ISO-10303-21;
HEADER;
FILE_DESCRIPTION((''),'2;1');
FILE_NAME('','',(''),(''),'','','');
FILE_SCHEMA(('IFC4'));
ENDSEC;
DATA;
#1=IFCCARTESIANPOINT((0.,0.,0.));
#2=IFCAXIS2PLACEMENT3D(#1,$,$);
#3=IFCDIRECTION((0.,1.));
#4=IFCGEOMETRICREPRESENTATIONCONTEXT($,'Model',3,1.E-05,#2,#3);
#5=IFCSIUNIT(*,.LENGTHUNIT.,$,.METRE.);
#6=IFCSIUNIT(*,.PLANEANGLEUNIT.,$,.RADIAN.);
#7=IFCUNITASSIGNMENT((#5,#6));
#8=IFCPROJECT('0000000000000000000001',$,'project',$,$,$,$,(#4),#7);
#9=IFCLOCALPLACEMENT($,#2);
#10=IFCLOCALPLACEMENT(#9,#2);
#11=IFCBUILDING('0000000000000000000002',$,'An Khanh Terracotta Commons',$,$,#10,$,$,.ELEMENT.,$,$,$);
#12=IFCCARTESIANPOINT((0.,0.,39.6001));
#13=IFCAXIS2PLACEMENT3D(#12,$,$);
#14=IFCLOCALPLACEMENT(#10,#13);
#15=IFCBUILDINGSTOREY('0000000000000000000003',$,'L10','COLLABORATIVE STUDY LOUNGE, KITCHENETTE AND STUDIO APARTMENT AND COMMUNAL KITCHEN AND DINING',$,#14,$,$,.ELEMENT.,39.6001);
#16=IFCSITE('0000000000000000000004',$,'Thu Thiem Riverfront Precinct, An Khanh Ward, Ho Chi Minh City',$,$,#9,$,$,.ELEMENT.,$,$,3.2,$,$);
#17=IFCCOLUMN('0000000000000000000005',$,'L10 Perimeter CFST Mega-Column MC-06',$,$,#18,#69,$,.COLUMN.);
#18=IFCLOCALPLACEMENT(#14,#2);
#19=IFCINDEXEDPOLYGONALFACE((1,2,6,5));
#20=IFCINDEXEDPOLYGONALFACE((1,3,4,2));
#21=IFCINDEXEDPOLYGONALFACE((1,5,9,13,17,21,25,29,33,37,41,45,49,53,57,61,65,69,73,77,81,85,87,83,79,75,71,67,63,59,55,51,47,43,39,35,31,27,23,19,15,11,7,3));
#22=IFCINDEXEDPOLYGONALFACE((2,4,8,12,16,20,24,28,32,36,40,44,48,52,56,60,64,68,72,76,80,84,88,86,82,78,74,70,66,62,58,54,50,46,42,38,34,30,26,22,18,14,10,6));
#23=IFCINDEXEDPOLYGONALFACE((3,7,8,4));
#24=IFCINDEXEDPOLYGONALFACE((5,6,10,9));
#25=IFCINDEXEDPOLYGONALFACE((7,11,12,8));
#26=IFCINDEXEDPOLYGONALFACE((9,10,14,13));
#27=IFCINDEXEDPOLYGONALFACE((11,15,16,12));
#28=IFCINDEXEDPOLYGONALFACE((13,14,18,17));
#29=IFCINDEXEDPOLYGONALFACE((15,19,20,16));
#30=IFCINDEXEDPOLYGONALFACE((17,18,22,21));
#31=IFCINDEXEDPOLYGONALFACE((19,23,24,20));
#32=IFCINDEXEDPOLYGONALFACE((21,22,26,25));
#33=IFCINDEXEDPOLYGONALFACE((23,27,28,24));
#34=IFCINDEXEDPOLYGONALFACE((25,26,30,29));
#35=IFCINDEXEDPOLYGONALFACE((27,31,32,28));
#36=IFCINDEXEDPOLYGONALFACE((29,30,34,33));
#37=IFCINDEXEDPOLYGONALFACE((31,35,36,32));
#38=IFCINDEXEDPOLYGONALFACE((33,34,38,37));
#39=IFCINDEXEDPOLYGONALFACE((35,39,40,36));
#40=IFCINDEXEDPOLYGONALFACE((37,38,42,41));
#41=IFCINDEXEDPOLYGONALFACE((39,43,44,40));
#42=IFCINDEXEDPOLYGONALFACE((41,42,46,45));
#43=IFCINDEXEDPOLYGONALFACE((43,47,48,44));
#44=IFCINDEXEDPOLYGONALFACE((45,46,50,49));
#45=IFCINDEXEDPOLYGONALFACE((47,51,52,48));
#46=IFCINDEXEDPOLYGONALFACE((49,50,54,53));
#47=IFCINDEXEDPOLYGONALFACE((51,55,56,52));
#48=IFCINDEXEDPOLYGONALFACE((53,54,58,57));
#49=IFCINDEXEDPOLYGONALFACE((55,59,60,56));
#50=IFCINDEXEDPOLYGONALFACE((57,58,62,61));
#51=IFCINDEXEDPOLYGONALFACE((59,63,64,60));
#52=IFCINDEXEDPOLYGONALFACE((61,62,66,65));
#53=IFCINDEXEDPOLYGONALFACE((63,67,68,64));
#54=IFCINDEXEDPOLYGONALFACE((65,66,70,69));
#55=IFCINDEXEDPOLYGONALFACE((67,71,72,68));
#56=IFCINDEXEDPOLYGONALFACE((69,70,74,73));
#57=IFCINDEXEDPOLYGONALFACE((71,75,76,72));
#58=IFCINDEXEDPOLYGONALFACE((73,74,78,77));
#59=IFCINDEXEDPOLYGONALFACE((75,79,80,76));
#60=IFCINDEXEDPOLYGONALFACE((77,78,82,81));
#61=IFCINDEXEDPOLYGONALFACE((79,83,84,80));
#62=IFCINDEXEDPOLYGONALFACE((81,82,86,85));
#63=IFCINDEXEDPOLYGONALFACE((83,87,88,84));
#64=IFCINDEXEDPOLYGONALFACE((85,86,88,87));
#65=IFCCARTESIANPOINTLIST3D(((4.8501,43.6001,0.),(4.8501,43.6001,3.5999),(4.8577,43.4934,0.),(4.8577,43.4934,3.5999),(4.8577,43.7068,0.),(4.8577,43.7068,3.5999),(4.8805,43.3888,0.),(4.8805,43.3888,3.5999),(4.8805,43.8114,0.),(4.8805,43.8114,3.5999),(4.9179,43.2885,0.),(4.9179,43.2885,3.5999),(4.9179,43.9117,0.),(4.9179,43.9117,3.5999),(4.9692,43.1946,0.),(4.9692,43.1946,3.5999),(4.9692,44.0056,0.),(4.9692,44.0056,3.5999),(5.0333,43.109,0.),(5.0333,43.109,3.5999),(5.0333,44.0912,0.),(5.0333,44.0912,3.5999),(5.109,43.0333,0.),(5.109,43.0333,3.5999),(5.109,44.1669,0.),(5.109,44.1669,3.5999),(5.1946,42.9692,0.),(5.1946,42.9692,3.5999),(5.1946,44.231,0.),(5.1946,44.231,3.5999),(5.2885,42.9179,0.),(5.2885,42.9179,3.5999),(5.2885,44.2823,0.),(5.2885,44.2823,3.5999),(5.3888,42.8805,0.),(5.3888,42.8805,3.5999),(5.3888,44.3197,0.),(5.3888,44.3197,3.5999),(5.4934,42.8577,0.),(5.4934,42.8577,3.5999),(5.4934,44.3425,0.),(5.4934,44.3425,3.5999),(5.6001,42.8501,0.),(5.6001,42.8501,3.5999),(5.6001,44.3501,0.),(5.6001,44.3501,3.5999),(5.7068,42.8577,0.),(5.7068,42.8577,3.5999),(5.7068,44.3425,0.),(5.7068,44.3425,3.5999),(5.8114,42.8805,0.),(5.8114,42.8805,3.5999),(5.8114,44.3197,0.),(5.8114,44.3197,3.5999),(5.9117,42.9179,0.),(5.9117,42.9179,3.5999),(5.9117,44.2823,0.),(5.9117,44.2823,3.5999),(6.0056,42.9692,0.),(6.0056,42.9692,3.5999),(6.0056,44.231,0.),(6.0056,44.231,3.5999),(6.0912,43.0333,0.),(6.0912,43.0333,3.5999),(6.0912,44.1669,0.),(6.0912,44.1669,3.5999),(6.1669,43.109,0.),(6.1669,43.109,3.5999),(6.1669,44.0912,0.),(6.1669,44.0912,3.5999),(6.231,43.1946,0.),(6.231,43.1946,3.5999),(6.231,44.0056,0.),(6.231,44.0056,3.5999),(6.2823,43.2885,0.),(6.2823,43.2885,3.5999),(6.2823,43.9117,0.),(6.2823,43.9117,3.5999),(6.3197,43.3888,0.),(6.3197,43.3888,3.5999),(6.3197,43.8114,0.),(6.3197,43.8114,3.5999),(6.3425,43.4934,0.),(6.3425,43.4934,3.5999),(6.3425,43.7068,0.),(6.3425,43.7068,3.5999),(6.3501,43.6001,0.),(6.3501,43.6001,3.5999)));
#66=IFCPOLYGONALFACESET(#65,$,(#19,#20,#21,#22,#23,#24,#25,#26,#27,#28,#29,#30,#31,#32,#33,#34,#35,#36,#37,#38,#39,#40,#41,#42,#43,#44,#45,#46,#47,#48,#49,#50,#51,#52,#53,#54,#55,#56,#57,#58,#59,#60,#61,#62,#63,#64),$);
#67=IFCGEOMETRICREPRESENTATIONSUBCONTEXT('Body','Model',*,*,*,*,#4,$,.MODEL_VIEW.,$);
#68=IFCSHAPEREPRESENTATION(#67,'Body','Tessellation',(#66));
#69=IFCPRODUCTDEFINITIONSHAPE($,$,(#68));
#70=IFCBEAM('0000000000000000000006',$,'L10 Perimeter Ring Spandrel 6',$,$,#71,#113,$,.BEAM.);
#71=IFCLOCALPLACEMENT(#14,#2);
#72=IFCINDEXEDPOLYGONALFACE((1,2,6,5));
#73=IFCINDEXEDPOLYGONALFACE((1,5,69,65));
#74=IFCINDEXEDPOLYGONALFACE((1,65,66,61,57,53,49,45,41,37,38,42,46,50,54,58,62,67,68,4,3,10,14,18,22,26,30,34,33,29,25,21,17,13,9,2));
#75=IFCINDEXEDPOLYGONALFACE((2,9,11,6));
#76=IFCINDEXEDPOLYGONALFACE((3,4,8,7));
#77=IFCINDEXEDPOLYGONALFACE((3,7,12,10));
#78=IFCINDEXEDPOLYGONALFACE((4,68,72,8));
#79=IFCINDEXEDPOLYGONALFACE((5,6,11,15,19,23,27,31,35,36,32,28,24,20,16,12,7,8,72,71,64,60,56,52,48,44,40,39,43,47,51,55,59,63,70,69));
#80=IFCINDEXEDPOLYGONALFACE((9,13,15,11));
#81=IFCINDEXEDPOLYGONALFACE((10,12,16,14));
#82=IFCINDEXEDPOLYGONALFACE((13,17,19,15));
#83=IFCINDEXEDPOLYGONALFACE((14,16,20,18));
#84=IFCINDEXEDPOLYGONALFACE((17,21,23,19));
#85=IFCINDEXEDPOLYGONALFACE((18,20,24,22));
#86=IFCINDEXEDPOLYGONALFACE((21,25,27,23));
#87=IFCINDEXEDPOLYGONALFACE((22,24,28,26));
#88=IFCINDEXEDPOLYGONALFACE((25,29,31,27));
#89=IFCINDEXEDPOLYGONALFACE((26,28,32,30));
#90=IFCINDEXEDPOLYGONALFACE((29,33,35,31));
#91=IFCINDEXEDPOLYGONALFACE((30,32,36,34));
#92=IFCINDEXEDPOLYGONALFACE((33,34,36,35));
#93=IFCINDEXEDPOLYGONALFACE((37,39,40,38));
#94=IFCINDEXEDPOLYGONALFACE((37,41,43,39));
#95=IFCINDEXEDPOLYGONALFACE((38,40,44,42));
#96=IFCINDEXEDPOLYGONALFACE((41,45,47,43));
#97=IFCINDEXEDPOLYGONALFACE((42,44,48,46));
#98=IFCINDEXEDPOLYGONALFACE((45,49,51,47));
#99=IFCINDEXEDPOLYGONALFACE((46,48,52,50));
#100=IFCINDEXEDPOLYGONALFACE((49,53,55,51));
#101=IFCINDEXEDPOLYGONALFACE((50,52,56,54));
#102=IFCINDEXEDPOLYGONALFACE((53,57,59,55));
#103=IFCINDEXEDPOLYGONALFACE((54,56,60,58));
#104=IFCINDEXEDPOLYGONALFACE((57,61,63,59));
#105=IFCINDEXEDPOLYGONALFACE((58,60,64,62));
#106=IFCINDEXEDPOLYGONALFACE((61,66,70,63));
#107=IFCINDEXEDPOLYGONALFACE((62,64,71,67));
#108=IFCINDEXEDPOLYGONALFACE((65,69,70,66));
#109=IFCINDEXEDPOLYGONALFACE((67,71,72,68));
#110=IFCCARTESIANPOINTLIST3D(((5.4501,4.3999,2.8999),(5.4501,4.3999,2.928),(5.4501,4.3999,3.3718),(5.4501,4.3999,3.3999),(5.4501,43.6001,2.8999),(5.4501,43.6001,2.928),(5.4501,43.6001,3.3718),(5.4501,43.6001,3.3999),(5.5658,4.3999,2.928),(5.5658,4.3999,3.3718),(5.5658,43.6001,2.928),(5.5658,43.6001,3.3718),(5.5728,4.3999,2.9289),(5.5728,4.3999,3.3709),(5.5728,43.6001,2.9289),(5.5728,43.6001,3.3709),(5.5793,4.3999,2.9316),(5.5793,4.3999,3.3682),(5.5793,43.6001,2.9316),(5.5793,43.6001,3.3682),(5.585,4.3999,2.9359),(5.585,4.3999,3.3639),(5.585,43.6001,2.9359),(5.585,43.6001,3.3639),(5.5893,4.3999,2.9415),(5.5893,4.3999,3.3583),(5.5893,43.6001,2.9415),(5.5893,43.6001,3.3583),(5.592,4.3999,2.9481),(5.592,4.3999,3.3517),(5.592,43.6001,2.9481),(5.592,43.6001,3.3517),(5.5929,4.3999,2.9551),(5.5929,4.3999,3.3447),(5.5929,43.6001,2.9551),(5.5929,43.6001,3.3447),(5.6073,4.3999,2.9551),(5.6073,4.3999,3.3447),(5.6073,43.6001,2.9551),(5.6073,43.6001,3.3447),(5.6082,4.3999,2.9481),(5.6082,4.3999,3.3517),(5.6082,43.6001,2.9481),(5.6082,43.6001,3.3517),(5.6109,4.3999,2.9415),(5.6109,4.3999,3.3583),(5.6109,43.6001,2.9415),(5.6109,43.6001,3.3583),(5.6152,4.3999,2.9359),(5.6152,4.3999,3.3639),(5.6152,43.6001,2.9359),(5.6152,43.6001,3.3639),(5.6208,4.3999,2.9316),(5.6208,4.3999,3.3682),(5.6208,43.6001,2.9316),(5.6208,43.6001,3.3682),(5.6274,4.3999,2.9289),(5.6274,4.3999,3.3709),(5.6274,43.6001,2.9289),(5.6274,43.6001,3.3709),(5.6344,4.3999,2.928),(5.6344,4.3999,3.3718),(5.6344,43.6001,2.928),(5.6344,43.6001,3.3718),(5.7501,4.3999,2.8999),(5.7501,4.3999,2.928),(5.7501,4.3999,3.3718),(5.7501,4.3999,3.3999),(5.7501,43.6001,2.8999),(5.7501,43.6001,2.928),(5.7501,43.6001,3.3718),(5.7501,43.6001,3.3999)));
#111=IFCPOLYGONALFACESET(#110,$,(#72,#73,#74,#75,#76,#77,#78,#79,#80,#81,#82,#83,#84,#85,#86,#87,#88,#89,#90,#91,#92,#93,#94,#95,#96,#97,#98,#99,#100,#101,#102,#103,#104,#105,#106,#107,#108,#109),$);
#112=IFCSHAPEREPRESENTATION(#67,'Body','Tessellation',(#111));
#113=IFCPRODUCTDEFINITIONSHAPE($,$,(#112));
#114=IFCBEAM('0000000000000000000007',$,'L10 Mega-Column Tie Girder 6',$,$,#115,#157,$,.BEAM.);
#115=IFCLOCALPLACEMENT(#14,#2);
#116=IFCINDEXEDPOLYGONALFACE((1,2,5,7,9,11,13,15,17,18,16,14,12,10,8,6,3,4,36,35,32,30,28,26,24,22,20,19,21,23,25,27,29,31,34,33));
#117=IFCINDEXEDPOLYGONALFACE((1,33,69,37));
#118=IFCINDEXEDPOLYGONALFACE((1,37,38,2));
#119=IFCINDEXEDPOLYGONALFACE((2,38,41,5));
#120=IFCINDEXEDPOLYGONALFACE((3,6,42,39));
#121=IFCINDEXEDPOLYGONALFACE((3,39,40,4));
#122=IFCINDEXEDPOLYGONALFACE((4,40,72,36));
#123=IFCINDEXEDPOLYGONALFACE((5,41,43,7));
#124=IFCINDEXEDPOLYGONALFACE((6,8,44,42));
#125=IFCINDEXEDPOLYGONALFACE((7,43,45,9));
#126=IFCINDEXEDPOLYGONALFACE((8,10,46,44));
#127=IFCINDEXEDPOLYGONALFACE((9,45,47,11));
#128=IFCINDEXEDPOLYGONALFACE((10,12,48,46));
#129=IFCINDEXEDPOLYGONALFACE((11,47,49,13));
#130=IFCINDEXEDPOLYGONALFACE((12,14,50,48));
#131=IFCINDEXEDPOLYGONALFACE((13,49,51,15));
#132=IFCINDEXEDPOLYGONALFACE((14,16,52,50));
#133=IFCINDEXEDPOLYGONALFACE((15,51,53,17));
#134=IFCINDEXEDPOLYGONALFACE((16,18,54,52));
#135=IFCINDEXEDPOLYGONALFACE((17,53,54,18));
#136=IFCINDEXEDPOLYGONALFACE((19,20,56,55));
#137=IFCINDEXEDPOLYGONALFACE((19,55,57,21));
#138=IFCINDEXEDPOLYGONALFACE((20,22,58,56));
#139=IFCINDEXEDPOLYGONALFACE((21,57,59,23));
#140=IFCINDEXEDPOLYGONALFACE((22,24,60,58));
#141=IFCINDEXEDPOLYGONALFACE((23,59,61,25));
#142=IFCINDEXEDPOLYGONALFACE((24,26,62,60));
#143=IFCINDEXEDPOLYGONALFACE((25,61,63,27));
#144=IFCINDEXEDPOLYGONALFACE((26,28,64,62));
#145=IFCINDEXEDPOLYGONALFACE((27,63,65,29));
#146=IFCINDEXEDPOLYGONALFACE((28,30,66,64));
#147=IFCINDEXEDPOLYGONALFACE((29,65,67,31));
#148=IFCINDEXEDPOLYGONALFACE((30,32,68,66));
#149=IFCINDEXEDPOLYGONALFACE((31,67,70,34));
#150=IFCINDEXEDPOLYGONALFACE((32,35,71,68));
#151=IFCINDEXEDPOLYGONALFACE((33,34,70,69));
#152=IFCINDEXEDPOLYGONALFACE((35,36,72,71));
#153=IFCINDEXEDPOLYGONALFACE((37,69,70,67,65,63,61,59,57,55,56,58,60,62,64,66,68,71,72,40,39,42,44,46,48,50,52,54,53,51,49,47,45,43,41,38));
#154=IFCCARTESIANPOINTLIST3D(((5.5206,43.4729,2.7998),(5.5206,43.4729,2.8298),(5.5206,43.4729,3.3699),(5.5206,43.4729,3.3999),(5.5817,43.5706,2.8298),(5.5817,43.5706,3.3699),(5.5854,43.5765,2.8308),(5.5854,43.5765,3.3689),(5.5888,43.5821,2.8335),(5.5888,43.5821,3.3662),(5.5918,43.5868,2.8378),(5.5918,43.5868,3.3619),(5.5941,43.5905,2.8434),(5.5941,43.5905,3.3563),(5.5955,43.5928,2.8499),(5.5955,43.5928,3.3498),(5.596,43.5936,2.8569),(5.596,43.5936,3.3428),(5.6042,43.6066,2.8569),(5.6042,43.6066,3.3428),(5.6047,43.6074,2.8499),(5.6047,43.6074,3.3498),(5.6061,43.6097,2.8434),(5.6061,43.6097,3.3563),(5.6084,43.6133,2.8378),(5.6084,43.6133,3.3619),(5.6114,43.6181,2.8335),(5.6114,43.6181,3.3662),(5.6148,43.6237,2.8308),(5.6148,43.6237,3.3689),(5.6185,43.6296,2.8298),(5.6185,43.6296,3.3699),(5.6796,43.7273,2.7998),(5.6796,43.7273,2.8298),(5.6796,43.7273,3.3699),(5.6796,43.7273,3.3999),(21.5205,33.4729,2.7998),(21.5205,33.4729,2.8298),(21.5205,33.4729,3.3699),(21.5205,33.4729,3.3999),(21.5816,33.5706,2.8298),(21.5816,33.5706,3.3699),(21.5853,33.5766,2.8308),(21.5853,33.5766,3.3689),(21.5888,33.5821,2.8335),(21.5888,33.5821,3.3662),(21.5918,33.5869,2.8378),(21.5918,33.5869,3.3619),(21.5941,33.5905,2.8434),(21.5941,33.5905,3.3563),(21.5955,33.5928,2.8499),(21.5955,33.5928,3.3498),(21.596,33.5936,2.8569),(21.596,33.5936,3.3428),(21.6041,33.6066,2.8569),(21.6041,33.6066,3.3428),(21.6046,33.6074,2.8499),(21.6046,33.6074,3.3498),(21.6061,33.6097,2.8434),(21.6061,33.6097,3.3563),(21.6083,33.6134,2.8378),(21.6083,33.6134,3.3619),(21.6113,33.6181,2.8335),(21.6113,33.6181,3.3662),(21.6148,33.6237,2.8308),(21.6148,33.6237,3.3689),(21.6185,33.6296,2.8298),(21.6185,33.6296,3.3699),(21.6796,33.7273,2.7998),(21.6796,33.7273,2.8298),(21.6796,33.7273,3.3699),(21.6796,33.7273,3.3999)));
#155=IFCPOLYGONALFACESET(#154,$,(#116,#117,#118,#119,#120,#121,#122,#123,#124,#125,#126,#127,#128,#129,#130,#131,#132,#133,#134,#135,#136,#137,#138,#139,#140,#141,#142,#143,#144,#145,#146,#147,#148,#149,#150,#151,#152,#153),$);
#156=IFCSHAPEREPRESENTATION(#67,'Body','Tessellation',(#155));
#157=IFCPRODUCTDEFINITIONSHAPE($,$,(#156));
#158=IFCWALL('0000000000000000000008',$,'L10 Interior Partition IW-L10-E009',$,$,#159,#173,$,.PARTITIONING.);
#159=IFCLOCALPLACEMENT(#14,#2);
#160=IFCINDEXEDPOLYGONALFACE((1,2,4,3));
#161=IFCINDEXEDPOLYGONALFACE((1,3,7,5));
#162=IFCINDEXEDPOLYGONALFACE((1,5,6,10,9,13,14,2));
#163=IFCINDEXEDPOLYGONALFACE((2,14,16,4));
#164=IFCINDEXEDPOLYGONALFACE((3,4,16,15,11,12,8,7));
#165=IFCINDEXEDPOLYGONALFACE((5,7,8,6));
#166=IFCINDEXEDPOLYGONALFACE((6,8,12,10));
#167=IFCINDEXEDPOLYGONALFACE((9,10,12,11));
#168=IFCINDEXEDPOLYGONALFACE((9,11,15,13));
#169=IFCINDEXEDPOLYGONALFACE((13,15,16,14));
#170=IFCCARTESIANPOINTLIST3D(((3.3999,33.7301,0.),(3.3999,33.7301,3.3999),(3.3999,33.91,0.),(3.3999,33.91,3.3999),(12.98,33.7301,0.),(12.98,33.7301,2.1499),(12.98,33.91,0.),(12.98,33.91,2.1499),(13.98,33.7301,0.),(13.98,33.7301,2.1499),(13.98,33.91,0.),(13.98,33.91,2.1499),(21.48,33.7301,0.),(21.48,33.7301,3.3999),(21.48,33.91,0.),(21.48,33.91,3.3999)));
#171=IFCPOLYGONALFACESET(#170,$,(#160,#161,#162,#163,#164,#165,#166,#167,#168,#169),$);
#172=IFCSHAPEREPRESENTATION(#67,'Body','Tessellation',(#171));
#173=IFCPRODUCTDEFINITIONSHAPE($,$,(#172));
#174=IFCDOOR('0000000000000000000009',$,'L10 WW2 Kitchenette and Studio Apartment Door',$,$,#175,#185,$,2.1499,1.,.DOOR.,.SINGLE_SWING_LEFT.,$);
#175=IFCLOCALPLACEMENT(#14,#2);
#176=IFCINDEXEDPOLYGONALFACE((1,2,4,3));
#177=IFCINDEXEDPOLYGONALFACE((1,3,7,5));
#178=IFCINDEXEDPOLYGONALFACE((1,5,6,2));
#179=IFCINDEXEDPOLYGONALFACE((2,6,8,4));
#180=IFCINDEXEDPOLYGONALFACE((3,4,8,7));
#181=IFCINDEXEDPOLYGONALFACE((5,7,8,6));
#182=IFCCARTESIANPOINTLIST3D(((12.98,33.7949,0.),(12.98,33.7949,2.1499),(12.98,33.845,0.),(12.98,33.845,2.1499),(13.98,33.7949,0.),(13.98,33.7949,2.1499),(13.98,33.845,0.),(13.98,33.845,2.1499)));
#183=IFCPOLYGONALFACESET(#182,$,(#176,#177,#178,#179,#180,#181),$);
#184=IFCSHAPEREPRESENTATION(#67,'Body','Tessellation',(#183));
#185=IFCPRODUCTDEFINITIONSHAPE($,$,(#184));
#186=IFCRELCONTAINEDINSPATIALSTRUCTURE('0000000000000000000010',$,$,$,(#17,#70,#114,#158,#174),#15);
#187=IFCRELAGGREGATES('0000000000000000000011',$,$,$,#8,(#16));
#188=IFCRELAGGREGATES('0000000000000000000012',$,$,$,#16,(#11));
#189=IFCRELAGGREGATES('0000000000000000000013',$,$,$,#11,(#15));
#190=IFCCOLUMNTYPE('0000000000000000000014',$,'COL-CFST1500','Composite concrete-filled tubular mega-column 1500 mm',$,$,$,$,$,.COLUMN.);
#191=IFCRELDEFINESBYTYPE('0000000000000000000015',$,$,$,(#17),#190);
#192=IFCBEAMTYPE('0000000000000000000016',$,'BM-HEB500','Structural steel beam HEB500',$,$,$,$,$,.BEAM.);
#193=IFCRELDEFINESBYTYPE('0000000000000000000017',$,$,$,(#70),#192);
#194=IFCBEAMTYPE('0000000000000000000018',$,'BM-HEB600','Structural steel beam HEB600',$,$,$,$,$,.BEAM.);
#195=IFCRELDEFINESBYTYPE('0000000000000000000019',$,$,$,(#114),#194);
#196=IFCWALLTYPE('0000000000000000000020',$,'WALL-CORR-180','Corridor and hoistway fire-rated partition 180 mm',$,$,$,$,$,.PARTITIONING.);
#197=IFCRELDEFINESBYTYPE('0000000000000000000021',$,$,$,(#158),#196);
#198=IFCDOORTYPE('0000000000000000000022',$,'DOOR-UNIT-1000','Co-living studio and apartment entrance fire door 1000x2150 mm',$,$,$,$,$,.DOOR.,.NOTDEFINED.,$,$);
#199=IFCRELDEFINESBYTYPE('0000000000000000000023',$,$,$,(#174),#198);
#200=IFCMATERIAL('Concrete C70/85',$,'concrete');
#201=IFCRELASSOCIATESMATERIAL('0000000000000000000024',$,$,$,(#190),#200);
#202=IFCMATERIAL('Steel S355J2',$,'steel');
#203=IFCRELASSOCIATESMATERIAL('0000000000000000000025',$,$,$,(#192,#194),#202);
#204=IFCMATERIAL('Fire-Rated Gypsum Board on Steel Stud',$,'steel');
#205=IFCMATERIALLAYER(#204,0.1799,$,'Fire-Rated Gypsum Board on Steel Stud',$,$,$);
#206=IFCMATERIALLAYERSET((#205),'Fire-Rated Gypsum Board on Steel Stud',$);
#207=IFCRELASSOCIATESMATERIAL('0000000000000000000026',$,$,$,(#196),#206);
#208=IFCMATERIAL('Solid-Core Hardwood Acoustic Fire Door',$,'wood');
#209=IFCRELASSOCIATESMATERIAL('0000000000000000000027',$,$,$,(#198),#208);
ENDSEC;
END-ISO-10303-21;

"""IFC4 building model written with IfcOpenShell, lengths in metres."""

from ifc_helpers import new_model, si_unit, direction, frame, frame_2d, origin, origin_2d, place, context, subcontext, project, spatial, rectangle, circle, i_section, extrude, material, layer, layer_set, material_profile, profile_set, type_object, element, fill, save


model = new_model("IFC4")

# Units and contexts
model_context = context("Model", 3, precision=1e-05, world=origin(), true_north=direction((0.0, 1.0)))
body_context = subcontext(model_context, "Body", "Model", "MODEL_VIEW")
ifc_project = project(units=[si_unit("LENGTHUNIT", "METRE"), si_unit("PLANEANGLEUNIT", "RADIAN")], contexts=[model_context])

# Site, building, storey
site_placement = place(None, origin())
site = spatial("IfcSite", under=ifc_project, at=site_placement, Name="Thu Thiem Riverfront Precinct, An Khanh Ward, Ho Chi Minh City", CompositionType="ELEMENT", RefElevation=3.2)
building_placement = place(site_placement, origin())
building = spatial("IfcBuilding", under=site, at=building_placement, Name="An Khanh Terracotta Commons", CompositionType="ELEMENT")
storey_placement = place(building_placement, frame((0.0, 0.0, 39.6001)))
storey = spatial("IfcBuildingStorey", under=building, at=storey_placement, Name="L10", Description="COLLABORATIVE STUDY LOUNGE, KITCHENETTE AND STUDIO APARTMENT AND COMMUNAL KITCHEN AND DINING", CompositionType="ELEMENT", Elevation=39.6001)

# Column
ifc_material_1 = material(Name="Concrete C70/85", Category="concrete")
ifc_material_profile_1 = material_profile(ifc_material_1, circle(Radius=0.75, at=origin_2d()), Name="CFST1500")
ifc_profile_set_1 = profile_set([ifc_material_profile_1], Name="Concrete C70/85")
column_type = type_object("IfcColumnType", Name="COL-CFST1500", Description="Composite concrete-filled tubular mega-column 1500 mm", PredefinedType="COLUMN", material=ifc_profile_set_1)
column_placement = place(storey_placement, frame((5.6001, 43.6001, 0.0), z_axis=(0.0, 0.0, 1.0), x_axis=(1.0, 0.0, 0.0)))
element("IfcColumn", 1, at=column_placement, inside=storey, type_object=column_type, Name="L10 Perimeter CFST Mega-Column MC-06", PredefinedType="COLUMN", context=body_context, shape_type="SweptSolid", body=[
    extrude(circle(Radius=0.75, at=origin_2d()), origin(), (0.0, 0.0, 1.0), 3.5999),
])

# Beams
ifc_material_2 = material(Name="Steel S355J2", Category="steel")
ifc_material_profile_2 = material_profile(ifc_material_2, i_section(OverallWidth=0.3, OverallDepth=0.5, WebThickness=0.0144, FlangeThickness=0.0281, FilletRadius=0.0271, at=origin_2d()), Name="HEB500")
ifc_profile_set_2 = profile_set([ifc_material_profile_2], Name="Steel S355J2")
beam_type_1 = type_object("IfcBeamType", Name="BM-HEB500", Description="Structural steel beam HEB500", PredefinedType="BEAM", material=ifc_profile_set_2)
beam_1_placement = place(storey_placement, frame((5.6001, 43.6001, 3.1499), z_axis=(0.0, -1.0, 0.0), x_axis=(1.0, 0.0, 0.0)))
element("IfcBeam", 2, at=beam_1_placement, inside=storey, type_object=beam_type_1, Name="L10 Perimeter Ring Spandrel 6", PredefinedType="BEAM", context=body_context, shape_type="SweptSolid", body=[
    extrude(i_section(OverallWidth=0.3, OverallDepth=0.5, WebThickness=0.0144, FlangeThickness=0.0281, FilletRadius=0.0271, at=origin_2d()), origin(), (0.0, 0.0, 1.0), 39.2002),
])
ifc_material_profile_3 = material_profile(ifc_material_2, i_section(OverallWidth=0.3, OverallDepth=0.6001, WebThickness=0.0154, FlangeThickness=0.03, FilletRadius=0.0271, at=origin_2d()), Name="HEB600")
ifc_profile_set_3 = profile_set([ifc_material_profile_3], Name="Steel S355J2")
beam_type_2 = type_object("IfcBeamType", Name="BM-HEB600", Description="Structural steel beam HEB600", PredefinedType="BEAM", material=ifc_profile_set_3)
beam_2_placement = place(storey_placement, frame((5.6001, 43.6001, 3.0999), z_axis=(0.847998, -0.529999, 0.0), x_axis=(0.529999, 0.847998, 0.0)))
element("IfcBeam", 3, at=beam_2_placement, inside=storey, type_object=beam_type_2, Name="L10 Mega-Column Tie Girder 6", PredefinedType="BEAM", context=body_context, shape_type="SweptSolid", body=[
    extrude(i_section(OverallWidth=0.3, OverallDepth=0.6001, WebThickness=0.0154, FlangeThickness=0.03, FilletRadius=0.0271, at=origin_2d()), origin(), (0.0, 0.0, 1.0), 18.8679),
])

# Wall, opening, door
ifc_material_3 = material(Name="Fire-Rated Gypsum Board on Steel Stud", Category="steel")
ifc_layer_1 = layer(ifc_material_3, 0.1799, Name="Fire-Rated Gypsum Board on Steel Stud")
ifc_layer_set_1 = layer_set([ifc_layer_1], Name="Fire-Rated Gypsum Board on Steel Stud")
wall_type_1 = type_object("IfcWallType", Name="WALL-CORR-180", Description="Corridor and hoistway fire-rated partition 180 mm", PredefinedType="PARTITIONING", material=ifc_layer_set_1)
wall_1_placement = place(storey_placement, frame((3.3999, 33.8201, 0.0), z_axis=(0.0, 0.0, 1.0), x_axis=(1.0, 0.0, 0.0)))
wall_1 = element("IfcWall", 4, at=wall_1_placement, inside=storey, type_object=wall_type_1, Name="L10 Interior Partition IW-L10-E009", PredefinedType="PARTITIONING", context=body_context, shape_type="SweptSolid", body=[
    extrude(rectangle(XDim=18.0801, YDim=0.1799, at=frame_2d((9.04, 0.0))), origin(), (0.0, 0.0, 1.0), 3.3999),
])
opening_1_placement = place(wall_1_placement, frame((9.5801, 0.0, 0.0)))
opening_1 = element("IfcOpeningElement", 5, at=opening_1_placement, cuts=wall_1, PredefinedType="OPENING", context=body_context, shape_type="SweptSolid", body=[
    extrude(rectangle(XDim=1.0, YDim=2.1499, at=frame_2d((0.5, 1.075))), frame((0.0, 0.0999, 0.0), z_axis=(0.0, -1.0, 0.0), x_axis=(1.0, 0.0, 0.0)), (0.0, 0.0, 1.0), 0.2),
])
ifc_material_4 = material(Name="Solid-Core Hardwood Acoustic Fire Door", Category="wood")
door_type_1 = type_object("IfcDoorType", Name="DOOR-UNIT-1000", Description="Co-living studio and apartment entrance fire door 1000x2150 mm", OperationType="NOTDEFINED", PredefinedType="DOOR", material=ifc_material_4)
door_1_placement = place(opening_1_placement, origin())
door_1 = element("IfcDoor", 6, at=door_1_placement, inside=storey, type_object=door_type_1, Name="L10 WW2 Kitchenette and Studio Apartment Door", OperationType="SINGLE_SWING_LEFT", OverallHeight=2.1499, OverallWidth=1.0, PredefinedType="DOOR", context=body_context, shape_type="SweptSolid", body=[
    extrude(rectangle(XDim=1.0, YDim=2.1499, at=frame_2d((0.5, 1.075))), frame((0.0, 0.0249, 0.0), z_axis=(0.0, -1.0, 0.0), x_axis=(1.0, 0.0, 0.0)), (0.0, 0.0, 1.0), 0.05),
])
fill(opening_1, door_1)

save(model, "model.ifc")
